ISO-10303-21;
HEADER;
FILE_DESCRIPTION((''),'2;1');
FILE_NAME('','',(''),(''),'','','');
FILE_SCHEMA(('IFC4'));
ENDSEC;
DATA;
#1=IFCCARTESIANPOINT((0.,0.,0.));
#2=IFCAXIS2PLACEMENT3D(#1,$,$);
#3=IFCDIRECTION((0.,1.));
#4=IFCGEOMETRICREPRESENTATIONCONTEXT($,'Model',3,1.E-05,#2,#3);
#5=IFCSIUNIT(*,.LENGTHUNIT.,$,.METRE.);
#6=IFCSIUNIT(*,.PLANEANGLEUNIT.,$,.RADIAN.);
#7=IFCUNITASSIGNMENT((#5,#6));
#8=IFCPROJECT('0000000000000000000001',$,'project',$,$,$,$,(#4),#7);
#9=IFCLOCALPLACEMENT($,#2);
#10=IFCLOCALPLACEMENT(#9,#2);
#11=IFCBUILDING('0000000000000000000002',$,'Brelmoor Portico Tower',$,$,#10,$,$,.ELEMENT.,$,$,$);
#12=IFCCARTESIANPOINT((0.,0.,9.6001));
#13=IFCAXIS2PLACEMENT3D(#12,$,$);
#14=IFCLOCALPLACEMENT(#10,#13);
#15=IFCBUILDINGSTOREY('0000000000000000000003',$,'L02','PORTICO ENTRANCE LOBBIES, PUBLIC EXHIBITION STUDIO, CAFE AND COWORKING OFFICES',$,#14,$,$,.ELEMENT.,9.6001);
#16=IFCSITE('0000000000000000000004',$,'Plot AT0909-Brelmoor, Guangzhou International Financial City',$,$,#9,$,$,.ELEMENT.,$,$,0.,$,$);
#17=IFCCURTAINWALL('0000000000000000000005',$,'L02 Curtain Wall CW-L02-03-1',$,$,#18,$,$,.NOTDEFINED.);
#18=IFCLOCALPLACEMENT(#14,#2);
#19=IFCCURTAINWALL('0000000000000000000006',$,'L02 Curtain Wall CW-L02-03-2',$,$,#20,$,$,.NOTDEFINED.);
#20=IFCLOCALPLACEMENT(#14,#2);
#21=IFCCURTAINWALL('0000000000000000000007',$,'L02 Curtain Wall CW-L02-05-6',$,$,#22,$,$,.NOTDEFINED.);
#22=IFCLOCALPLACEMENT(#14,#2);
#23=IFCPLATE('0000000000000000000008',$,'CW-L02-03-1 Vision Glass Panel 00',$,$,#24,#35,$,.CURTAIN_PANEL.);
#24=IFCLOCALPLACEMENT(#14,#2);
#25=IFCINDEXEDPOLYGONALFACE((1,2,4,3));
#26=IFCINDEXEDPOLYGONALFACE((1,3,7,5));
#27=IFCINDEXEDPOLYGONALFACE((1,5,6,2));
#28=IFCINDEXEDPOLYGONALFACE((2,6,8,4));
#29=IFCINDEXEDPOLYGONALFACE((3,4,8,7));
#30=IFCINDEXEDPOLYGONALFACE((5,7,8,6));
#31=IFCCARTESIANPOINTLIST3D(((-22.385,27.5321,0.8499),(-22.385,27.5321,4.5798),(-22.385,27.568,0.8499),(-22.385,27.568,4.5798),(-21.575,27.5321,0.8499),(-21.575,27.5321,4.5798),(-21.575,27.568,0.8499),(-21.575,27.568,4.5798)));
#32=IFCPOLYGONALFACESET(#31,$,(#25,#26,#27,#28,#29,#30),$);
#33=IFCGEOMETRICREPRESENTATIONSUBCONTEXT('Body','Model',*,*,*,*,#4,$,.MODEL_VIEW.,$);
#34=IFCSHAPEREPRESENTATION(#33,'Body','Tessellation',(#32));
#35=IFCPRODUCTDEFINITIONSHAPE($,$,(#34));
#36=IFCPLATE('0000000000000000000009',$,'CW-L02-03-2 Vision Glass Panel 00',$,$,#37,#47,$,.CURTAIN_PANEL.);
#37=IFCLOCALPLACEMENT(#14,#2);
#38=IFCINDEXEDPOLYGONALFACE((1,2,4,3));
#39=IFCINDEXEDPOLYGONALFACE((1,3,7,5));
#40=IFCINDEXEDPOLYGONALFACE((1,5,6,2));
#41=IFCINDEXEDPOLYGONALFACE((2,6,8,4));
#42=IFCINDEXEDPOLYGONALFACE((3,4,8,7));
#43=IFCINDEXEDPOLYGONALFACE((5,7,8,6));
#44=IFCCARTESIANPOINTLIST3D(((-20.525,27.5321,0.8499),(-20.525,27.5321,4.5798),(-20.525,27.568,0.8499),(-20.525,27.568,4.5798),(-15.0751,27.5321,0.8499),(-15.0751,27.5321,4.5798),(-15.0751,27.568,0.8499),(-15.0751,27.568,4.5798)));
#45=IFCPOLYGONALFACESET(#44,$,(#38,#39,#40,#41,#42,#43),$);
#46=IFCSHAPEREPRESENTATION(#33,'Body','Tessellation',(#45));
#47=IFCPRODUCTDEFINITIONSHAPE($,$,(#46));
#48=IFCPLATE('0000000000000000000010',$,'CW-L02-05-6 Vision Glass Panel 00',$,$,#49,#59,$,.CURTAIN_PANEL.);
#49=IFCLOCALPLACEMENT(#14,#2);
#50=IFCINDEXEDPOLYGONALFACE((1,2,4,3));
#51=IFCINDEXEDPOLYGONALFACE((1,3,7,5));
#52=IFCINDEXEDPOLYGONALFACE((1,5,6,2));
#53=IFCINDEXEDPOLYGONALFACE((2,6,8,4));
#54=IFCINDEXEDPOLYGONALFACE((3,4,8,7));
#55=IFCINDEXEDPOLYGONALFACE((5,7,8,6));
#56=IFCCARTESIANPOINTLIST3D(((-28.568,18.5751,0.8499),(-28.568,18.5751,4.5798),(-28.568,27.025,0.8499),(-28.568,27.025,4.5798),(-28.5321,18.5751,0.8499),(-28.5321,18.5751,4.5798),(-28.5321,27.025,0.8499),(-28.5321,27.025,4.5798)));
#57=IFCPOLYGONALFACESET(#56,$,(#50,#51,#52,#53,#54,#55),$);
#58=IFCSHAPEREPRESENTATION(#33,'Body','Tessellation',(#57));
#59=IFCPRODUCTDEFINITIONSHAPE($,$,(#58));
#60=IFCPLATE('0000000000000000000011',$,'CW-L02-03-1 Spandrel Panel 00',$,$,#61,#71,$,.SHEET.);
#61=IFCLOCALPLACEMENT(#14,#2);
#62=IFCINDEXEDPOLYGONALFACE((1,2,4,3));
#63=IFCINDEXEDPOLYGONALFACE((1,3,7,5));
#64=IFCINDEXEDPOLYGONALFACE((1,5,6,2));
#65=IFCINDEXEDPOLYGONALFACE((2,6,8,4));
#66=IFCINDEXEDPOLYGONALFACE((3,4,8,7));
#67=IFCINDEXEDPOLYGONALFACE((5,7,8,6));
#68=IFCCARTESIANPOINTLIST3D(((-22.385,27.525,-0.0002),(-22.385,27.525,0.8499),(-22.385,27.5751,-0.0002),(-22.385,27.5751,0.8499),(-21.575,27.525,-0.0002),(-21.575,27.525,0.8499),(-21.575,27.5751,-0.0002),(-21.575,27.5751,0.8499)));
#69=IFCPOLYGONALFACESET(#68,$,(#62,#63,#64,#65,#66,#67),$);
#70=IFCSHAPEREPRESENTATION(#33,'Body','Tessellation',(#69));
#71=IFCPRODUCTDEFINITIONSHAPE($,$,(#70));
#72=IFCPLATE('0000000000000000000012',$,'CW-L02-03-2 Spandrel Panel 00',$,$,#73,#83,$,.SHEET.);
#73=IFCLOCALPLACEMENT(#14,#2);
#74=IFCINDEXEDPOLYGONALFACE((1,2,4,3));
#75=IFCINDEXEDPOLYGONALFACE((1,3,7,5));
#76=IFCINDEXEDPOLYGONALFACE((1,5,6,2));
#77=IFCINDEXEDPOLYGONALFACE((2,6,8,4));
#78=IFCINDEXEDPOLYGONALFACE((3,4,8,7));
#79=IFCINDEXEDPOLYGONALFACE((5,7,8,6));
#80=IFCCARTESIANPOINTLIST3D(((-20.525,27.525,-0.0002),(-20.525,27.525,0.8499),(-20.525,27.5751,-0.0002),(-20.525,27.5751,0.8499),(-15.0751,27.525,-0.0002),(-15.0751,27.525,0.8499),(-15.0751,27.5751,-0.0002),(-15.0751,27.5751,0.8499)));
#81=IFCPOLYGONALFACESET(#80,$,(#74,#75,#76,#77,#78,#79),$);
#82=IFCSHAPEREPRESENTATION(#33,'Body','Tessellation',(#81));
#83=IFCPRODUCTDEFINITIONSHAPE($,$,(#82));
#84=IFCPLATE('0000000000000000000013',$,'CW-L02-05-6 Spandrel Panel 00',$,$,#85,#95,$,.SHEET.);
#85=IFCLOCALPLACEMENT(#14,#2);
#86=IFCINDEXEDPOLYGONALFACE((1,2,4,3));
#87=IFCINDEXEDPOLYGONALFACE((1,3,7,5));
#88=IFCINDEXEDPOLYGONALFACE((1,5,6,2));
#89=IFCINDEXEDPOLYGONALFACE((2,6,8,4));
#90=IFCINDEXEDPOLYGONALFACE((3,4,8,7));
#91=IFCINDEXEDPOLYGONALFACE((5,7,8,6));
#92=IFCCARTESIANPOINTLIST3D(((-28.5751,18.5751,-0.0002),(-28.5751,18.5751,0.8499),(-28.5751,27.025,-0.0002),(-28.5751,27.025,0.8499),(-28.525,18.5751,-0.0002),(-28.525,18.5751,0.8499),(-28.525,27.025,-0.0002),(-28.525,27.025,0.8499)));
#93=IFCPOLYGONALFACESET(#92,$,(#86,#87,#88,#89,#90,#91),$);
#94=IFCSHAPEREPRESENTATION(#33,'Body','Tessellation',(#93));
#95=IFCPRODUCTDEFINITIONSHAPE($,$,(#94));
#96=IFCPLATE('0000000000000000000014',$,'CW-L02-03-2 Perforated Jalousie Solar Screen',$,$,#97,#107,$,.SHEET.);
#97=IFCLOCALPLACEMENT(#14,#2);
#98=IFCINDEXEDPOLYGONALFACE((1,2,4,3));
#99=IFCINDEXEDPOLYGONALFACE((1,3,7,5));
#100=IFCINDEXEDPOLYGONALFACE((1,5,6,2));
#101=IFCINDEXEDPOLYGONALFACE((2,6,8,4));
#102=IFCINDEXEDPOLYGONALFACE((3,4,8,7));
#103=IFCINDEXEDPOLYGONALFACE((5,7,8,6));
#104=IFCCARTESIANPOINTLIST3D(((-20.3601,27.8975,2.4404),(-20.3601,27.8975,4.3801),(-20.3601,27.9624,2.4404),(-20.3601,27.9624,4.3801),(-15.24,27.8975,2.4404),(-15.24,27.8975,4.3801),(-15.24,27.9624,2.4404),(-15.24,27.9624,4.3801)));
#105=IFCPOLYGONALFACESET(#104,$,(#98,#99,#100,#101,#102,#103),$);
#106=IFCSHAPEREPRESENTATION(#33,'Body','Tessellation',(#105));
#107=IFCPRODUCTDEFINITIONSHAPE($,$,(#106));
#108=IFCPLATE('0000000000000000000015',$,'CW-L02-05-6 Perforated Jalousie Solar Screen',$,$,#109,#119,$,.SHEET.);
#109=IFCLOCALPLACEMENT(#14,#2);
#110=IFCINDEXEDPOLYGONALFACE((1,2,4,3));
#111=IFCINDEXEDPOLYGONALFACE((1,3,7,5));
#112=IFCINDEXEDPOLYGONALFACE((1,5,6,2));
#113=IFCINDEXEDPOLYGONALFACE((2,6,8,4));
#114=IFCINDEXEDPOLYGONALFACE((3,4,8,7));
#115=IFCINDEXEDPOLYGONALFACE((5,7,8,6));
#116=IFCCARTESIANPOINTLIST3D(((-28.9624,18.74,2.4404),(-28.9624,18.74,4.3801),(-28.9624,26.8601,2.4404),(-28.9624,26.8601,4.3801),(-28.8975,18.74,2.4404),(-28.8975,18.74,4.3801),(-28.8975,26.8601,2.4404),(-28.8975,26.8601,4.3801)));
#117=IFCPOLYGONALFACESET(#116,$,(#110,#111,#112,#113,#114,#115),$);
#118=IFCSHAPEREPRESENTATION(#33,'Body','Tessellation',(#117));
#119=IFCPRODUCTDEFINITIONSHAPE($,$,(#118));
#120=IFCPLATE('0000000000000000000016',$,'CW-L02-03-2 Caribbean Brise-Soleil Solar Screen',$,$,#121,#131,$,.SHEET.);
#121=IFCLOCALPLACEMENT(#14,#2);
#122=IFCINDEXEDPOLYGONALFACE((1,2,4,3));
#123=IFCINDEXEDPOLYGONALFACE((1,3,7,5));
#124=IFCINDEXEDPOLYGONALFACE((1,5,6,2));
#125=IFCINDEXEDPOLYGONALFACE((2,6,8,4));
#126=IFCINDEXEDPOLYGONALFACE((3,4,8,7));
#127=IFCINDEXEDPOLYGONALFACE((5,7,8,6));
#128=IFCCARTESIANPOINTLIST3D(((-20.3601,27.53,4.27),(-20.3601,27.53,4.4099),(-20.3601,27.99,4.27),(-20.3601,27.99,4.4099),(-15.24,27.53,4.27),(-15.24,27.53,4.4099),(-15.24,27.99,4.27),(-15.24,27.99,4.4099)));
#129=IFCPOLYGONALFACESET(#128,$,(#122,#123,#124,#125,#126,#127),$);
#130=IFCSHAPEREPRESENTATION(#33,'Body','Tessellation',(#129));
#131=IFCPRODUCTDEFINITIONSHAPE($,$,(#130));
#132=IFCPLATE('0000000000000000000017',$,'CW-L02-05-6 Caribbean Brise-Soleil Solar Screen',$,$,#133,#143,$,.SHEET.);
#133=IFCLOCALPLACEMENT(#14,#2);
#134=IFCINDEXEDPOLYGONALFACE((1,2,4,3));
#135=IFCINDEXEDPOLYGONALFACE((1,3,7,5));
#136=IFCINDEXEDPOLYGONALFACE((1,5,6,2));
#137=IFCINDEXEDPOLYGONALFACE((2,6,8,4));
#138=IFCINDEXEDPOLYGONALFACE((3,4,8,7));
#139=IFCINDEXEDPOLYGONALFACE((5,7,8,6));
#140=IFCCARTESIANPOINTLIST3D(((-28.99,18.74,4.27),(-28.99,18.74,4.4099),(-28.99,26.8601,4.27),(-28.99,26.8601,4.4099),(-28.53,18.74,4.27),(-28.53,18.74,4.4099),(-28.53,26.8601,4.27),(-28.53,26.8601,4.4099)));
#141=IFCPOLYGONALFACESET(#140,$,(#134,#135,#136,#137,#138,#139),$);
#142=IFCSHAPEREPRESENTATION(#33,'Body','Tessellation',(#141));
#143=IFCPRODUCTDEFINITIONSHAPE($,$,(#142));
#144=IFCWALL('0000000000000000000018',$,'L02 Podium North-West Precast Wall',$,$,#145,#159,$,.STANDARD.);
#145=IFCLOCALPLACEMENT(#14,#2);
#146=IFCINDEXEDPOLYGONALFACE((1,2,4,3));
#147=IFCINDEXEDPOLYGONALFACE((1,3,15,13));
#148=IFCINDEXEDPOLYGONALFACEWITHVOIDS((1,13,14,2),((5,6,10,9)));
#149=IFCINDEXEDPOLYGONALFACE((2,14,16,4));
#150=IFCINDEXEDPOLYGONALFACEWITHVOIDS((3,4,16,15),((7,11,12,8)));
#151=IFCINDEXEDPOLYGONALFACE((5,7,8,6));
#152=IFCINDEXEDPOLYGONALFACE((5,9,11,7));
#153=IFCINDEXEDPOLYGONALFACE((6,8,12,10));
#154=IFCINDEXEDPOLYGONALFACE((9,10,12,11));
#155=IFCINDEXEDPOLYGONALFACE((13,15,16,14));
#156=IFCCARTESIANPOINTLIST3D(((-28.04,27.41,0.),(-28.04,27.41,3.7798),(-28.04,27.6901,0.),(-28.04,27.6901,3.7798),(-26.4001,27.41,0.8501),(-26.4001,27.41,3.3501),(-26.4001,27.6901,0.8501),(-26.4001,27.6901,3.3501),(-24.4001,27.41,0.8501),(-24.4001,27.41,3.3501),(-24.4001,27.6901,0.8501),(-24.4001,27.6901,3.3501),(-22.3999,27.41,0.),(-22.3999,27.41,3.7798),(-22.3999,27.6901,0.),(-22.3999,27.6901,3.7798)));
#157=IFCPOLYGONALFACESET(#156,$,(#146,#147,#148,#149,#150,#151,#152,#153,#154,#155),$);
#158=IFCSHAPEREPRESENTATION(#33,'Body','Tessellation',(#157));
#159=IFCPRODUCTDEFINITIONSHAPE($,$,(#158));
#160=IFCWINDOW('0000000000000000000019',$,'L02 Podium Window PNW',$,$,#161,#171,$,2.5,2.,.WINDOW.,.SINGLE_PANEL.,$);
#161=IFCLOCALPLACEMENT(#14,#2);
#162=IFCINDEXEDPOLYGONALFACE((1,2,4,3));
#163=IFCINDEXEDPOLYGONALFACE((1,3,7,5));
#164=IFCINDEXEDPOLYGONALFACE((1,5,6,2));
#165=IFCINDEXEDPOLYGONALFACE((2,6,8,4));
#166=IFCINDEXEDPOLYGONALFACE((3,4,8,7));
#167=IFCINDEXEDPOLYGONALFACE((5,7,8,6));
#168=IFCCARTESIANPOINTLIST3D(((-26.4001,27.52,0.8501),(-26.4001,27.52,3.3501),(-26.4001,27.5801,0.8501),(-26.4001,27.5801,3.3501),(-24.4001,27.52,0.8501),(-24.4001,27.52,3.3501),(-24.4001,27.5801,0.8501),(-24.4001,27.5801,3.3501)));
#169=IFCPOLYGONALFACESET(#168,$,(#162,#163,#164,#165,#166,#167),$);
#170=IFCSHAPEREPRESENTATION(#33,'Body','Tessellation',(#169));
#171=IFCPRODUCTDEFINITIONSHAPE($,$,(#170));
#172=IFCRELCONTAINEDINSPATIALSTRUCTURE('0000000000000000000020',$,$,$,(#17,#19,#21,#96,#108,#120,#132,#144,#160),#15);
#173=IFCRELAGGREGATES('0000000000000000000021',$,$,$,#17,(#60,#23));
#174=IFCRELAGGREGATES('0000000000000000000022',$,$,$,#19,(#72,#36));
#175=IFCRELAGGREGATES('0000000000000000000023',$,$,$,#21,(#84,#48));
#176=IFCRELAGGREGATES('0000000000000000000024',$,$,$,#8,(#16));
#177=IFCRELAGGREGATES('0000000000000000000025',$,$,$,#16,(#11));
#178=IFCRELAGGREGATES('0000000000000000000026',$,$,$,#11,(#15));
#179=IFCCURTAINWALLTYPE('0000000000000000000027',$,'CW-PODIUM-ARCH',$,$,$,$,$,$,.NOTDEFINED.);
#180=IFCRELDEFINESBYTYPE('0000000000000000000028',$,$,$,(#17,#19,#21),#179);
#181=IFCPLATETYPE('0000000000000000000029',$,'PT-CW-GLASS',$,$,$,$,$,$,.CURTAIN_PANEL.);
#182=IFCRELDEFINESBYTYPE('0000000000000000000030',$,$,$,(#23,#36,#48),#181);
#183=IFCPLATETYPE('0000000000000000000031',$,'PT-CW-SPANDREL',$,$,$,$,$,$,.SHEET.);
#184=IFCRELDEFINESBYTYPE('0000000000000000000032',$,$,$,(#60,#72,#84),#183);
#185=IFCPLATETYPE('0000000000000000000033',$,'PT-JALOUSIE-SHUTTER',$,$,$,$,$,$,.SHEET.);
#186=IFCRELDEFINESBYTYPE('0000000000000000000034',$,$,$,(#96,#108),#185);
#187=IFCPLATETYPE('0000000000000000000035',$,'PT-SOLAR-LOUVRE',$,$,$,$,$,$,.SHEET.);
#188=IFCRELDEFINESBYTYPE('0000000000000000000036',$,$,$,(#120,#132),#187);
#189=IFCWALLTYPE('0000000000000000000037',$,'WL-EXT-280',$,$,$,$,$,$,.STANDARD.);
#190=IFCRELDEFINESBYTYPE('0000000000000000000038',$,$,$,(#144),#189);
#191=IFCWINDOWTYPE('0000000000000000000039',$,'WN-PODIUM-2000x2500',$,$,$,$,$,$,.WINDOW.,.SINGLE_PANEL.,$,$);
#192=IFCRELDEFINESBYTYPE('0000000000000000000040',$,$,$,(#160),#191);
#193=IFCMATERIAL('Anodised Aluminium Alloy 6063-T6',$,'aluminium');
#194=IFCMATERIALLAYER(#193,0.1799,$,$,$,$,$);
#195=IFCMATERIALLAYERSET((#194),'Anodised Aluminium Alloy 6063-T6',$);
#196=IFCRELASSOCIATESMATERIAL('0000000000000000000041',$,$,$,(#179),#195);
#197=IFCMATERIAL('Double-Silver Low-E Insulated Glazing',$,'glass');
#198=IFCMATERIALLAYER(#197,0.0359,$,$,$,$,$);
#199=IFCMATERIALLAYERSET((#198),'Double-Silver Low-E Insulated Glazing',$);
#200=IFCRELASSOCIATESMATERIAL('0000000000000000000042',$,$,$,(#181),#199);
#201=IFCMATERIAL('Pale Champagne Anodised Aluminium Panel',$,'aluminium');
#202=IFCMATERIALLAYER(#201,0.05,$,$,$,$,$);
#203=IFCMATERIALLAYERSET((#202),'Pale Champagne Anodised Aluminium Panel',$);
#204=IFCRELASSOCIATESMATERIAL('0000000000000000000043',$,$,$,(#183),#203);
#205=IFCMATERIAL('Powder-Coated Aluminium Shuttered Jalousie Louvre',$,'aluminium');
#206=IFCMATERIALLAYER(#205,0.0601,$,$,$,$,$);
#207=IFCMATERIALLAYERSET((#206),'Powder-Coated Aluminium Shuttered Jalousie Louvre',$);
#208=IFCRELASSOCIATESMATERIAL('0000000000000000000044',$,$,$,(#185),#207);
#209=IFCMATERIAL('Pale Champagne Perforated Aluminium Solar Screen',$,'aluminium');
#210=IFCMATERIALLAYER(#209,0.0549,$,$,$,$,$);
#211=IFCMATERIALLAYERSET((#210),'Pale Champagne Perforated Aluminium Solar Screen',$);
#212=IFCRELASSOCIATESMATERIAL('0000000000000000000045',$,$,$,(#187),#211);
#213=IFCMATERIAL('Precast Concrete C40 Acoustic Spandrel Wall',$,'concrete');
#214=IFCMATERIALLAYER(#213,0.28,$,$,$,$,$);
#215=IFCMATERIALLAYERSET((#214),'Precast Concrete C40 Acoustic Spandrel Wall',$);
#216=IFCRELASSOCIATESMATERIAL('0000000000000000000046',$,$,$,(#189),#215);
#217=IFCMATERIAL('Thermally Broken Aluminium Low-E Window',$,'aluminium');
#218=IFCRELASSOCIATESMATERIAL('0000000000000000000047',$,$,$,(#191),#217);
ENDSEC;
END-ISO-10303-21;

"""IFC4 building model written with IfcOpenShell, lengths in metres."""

from ifc_helpers import new_model, si_unit, direction, frame, frame_2d, origin, origin_2d, place, context, subcontext, project, spatial, rectangle, extrude, material, layer, layer_set, type_object, element, fill, aggregate, save


model = new_model("IFC4")

# Units and contexts
model_context = context("Model", 3, precision=1e-05, world=origin(), true_north=direction((0.0, 1.0)))
body_context = subcontext(model_context, "Body", "Model", "MODEL_VIEW")
ifc_project = project(units=[si_unit("LENGTHUNIT", "METRE"), si_unit("PLANEANGLEUNIT", "RADIAN")], contexts=[model_context])

# Site, building, storey
site_placement = place(None, origin())
site = spatial("IfcSite", under=ifc_project, at=site_placement, Name="Plot AT0909-Brelmoor, Guangzhou International Financial City", CompositionType="ELEMENT", RefElevation=0.0)
building_placement = place(site_placement, origin())
building = spatial("IfcBuilding", under=site, at=building_placement, Name="Brelmoor Portico Tower", CompositionType="ELEMENT")
storey_placement = place(building_placement, frame((0.0, 0.0, 9.6001)))
storey = spatial("IfcBuildingStorey", under=building, at=storey_placement, Name="L02", Description="PORTICO ENTRANCE LOBBIES, PUBLIC EXHIBITION STUDIO, CAFE AND COWORKING OFFICES", CompositionType="ELEMENT", Elevation=9.6001)

# Curtain wall
ifc_material_1 = material(Name="Anodised Aluminium Alloy 6063-T6", Category="aluminium")
ifc_layer_1 = layer(ifc_material_1, 0.1799)
ifc_layer_set_1 = layer_set([ifc_layer_1], Name="Anodised Aluminium Alloy 6063-T6")
curtain_wall_type = type_object("IfcCurtainWallType", Name="CW-PODIUM-ARCH", PredefinedType="NOTDEFINED", material=ifc_layer_set_1)
curtain_wall_1_placement = place(storey_placement, origin())
curtain_wall_1 = element("IfcCurtainWall", 1, at=curtain_wall_1_placement, inside=storey, type_object=curtain_wall_type, Name="L02 Curtain Wall CW-L02-03-1", PredefinedType="NOTDEFINED")

# Curtain wall
curtain_wall_2_placement = place(storey_placement, origin())
curtain_wall_2 = element("IfcCurtainWall", 2, at=curtain_wall_2_placement, inside=storey, type_object=curtain_wall_type, Name="L02 Curtain Wall CW-L02-03-2", PredefinedType="NOTDEFINED")

# Curtain wall
curtain_wall_3_placement = place(storey_placement, origin())
curtain_wall_3 = element("IfcCurtainWall", 3, at=curtain_wall_3_placement, inside=storey, type_object=curtain_wall_type, Name="L02 Curtain Wall CW-L02-05-6", PredefinedType="NOTDEFINED")

# Plates
ifc_material_2 = material(Name="Double-Silver Low-E Insulated Glazing", Category="glass")
ifc_layer_2 = layer(ifc_material_2, 0.0359)
ifc_layer_set_2 = layer_set([ifc_layer_2], Name="Double-Silver Low-E Insulated Glazing")
plate_type_1 = type_object("IfcPlateType", Name="PT-CW-GLASS", PredefinedType="CURTAIN_PANEL", material=ifc_layer_set_2)
plate_1_placement = place(storey_placement, frame((-21.98, 27.55, 0.8499), z_axis=(0.0, 0.0, 1.0), x_axis=(1.0, 0.0, 0.0)))
plate_1 = element("IfcPlate", 4, at=plate_1_placement, type_object=plate_type_1, Name="CW-L02-03-1 Vision Glass Panel 00", PredefinedType="CURTAIN_PANEL", context=body_context, shape_type="SweptSolid", body=[
    extrude(rectangle(XDim=0.8101, YDim=0.0359, at=origin_2d()), origin(), (0.0, 0.0, 1.0), 3.73),
])
plate_2_placement = place(storey_placement, frame((-17.8, 27.55, 0.8499), z_axis=(0.0, 0.0, 1.0), x_axis=(1.0, 0.0, 0.0)))
plate_2 = element("IfcPlate", 5, at=plate_2_placement, type_object=plate_type_1, Name="CW-L02-03-2 Vision Glass Panel 00", PredefinedType="CURTAIN_PANEL", context=body_context, shape_type="SweptSolid", body=[
    extrude(rectangle(XDim=5.45, YDim=0.0359, at=origin_2d()), origin(), (0.0, 0.0, 1.0), 3.73),
])
plate_3_placement = place(storey_placement, frame((-28.55, 22.8, 0.8499), z_axis=(0.0, 0.0, 1.0), x_axis=(0.0, 1.0, 0.0)))
plate_3 = element("IfcPlate", 6, at=plate_3_placement, type_object=plate_type_1, Name="CW-L02-05-6 Vision Glass Panel 00", PredefinedType="CURTAIN_PANEL", context=body_context, shape_type="SweptSolid", body=[
    extrude(rectangle(XDim=8.45, YDim=0.0359, at=origin_2d()), origin(), (0.0, 0.0, 1.0), 3.73),
])
ifc_material_3 = material(Name="Pale Champagne Anodised Aluminium Panel", Category="aluminium")
ifc_layer_3 = layer(ifc_material_3, 0.05)
ifc_layer_set_3 = layer_set([ifc_layer_3], Name="Pale Champagne Anodised Aluminium Panel")
plate_type_2 = type_object("IfcPlateType", Name="PT-CW-SPANDREL", PredefinedType="SHEET", material=ifc_layer_set_3)
plate_4_placement = place(storey_placement, frame((-21.98, 27.55, -0.0002), z_axis=(0.0, 0.0, 1.0), x_axis=(1.0, 0.0, 0.0)))
plate_4 = element("IfcPlate", 7, at=plate_4_placement, type_object=plate_type_2, Name="CW-L02-03-1 Spandrel Panel 00", PredefinedType="SHEET", context=body_context, shape_type="SweptSolid", body=[
    extrude(rectangle(XDim=0.8101, YDim=0.05, at=origin_2d()), origin(), (0.0, 0.0, 1.0), 0.8501),
])
aggregate(curtain_wall_1, [plate_4, plate_1])
plate_5_placement = place(storey_placement, frame((-17.8, 27.55, -0.0002), z_axis=(0.0, 0.0, 1.0), x_axis=(1.0, 0.0, 0.0)))
plate_5 = element("IfcPlate", 8, at=plate_5_placement, type_object=plate_type_2, Name="CW-L02-03-2 Spandrel Panel 00", PredefinedType="SHEET", context=body_context, shape_type="SweptSolid", body=[
    extrude(rectangle(XDim=5.45, YDim=0.05, at=origin_2d()), origin(), (0.0, 0.0, 1.0), 0.8501),
])
aggregate(curtain_wall_2, [plate_5, plate_2])
plate_6_placement = place(storey_placement, frame((-28.55, 22.8, -0.0002), z_axis=(0.0, 0.0, 1.0), x_axis=(0.0, 1.0, 0.0)))
plate_6 = element("IfcPlate", 9, at=plate_6_placement, type_object=plate_type_2, Name="CW-L02-05-6 Spandrel Panel 00", PredefinedType="SHEET", context=body_context, shape_type="SweptSolid", body=[
    extrude(rectangle(XDim=8.45, YDim=0.05, at=origin_2d()), origin(), (0.0, 0.0, 1.0), 0.8501),
])
aggregate(curtain_wall_3, [plate_6, plate_3])

# Plates
ifc_material_4 = material(Name="Powder-Coated Aluminium Shuttered Jalousie Louvre", Category="aluminium")
ifc_layer_4 = layer(ifc_material_4, 0.0601)
ifc_layer_set_4 = layer_set([ifc_layer_4], Name="Powder-Coated Aluminium Shuttered Jalousie Louvre")
plate_type_3 = type_object("IfcPlateType", Name="PT-JALOUSIE-SHUTTER", PredefinedType="SHEET", material=ifc_layer_set_4)
plate_7_placement = place(storey_placement, frame((-17.8, 27.9299, 2.4404), z_axis=(0.0, 0.0, 1.0), x_axis=(1.0, 0.0, 0.0)))
element("IfcPlate", 10, at=plate_7_placement, inside=storey, type_object=plate_type_3, Name="CW-L02-03-2 Perforated Jalousie Solar Screen", PredefinedType="SHEET", context=body_context, shape_type="SweptSolid", body=[
    extrude(rectangle(XDim=5.1201, YDim=0.0649, at=origin_2d()), origin(), (0.0, 0.0, 1.0), 1.9397),
])
plate_8_placement = place(storey_placement, frame((-28.9299, 22.8, 2.4404), z_axis=(0.0, 0.0, 1.0), x_axis=(0.0, 1.0, 0.0)))
element("IfcPlate", 11, at=plate_8_placement, inside=storey, type_object=plate_type_3, Name="CW-L02-05-6 Perforated Jalousie Solar Screen", PredefinedType="SHEET", context=body_context, shape_type="SweptSolid", body=[
    extrude(rectangle(XDim=8.1201, YDim=0.0649, at=origin_2d()), origin(), (0.0, 0.0, 1.0), 1.9397),
])
ifc_material_5 = material(Name="Pale Champagne Perforated Aluminium Solar Screen", Category="aluminium")
ifc_layer_5 = layer(ifc_material_5, 0.0549)
ifc_layer_set_5 = layer_set([ifc_layer_5], Name="Pale Champagne Perforated Aluminium Solar Screen")
plate_type_4 = type_object("IfcPlateType", Name="PT-SOLAR-LOUVRE", PredefinedType="SHEET", material=ifc_layer_set_5)
plate_9_placement = place(storey_placement, frame((-17.8, 27.76, 4.27), z_axis=(0.0, 0.0, 1.0), x_axis=(1.0, 0.0, 0.0)))
element("IfcPlate", 12, at=plate_9_placement, inside=storey, type_object=plate_type_4, Name="CW-L02-03-2 Caribbean Brise-Soleil Solar Screen", PredefinedType="SHEET", context=body_context, shape_type="SweptSolid", body=[
    extrude(rectangle(XDim=5.1201, YDim=0.46, at=origin_2d()), origin(), (0.0, 0.0, 1.0), 0.1399),
])
plate_10_placement = place(storey_placement, frame((-28.76, 22.8, 4.27), z_axis=(0.0, 0.0, 1.0), x_axis=(0.0, 1.0, 0.0)))
element("IfcPlate", 13, at=plate_10_placement, inside=storey, type_object=plate_type_4, Name="CW-L02-05-6 Caribbean Brise-Soleil Solar Screen", PredefinedType="SHEET", context=body_context, shape_type="SweptSolid", body=[
    extrude(rectangle(XDim=8.1201, YDim=0.46, at=origin_2d()), origin(), (0.0, 0.0, 1.0), 0.1399),
])

# Wall, opening, window
ifc_material_6 = material(Name="Precast Concrete C40 Acoustic Spandrel Wall", Category="concrete")
ifc_layer_6 = layer(ifc_material_6, 0.28)
ifc_layer_set_6 = layer_set([ifc_layer_6], Name="Precast Concrete C40 Acoustic Spandrel Wall")
wall_type_1 = type_object("IfcWallType", Name="WL-EXT-280", PredefinedType="STANDARD", material=ifc_layer_set_6)
wall_1_placement = place(storey_placement, frame((-28.04, 27.55, 0.0), z_axis=(0.0, 0.0, 1.0), x_axis=(1.0, 0.0, 0.0)))
wall_1 = element("IfcWall", 14, at=wall_1_placement, inside=storey, type_object=wall_type_1, Name="L02 Podium North-West Precast Wall", PredefinedType="STANDARD", context=body_context, shape_type="SweptSolid", body=[
    extrude(rectangle(XDim=5.6401, YDim=0.28, at=frame_2d((2.8201, 0.0))), origin(), (0.0, 0.0, 1.0), 3.7798),
])
opening_1_placement = place(wall_1_placement, frame((1.6399, 0.0, 0.8501)))
opening_1 = element("IfcOpeningElement", 15, at=opening_1_placement, cuts=wall_1, PredefinedType="OPENING", context=body_context, shape_type="SweptSolid", body=[
    extrude(rectangle(XDim=2.0, YDim=2.5, at=frame_2d((1.0, 1.25))), frame((0.0, 0.1499, 0.0), z_axis=(0.0, -1.0, 0.0), x_axis=(1.0, 0.0, 0.0)), (0.0, 0.0, 1.0), 0.3),
])
ifc_material_7 = material(Name="Thermally Broken Aluminium Low-E Window", Category="aluminium")
window_type = type_object("IfcWindowType", Name="WN-PODIUM-2000x2500", PartitioningType="SINGLE_PANEL", PredefinedType="WINDOW", material=ifc_material_7)
window_placement = place(opening_1_placement, origin())
window = element("IfcWindow", 16, at=window_placement, inside=storey, type_object=window_type, Name="L02 Podium Window PNW", OverallHeight=2.5, OverallWidth=2.0, PartitioningType="SINGLE_PANEL", PredefinedType="WINDOW", context=body_context, shape_type="SweptSolid", body=[
    extrude(rectangle(XDim=2.0, YDim=2.5, at=frame_2d((1.0, 1.25))), frame((0.0, 0.03, 0.0), z_axis=(0.0, -1.0, 0.0), x_axis=(1.0, 0.0, 0.0)), (0.0, 0.0, 1.0), 0.0601),
])
fill(opening_1, window)

save(model, "model.ifc")
